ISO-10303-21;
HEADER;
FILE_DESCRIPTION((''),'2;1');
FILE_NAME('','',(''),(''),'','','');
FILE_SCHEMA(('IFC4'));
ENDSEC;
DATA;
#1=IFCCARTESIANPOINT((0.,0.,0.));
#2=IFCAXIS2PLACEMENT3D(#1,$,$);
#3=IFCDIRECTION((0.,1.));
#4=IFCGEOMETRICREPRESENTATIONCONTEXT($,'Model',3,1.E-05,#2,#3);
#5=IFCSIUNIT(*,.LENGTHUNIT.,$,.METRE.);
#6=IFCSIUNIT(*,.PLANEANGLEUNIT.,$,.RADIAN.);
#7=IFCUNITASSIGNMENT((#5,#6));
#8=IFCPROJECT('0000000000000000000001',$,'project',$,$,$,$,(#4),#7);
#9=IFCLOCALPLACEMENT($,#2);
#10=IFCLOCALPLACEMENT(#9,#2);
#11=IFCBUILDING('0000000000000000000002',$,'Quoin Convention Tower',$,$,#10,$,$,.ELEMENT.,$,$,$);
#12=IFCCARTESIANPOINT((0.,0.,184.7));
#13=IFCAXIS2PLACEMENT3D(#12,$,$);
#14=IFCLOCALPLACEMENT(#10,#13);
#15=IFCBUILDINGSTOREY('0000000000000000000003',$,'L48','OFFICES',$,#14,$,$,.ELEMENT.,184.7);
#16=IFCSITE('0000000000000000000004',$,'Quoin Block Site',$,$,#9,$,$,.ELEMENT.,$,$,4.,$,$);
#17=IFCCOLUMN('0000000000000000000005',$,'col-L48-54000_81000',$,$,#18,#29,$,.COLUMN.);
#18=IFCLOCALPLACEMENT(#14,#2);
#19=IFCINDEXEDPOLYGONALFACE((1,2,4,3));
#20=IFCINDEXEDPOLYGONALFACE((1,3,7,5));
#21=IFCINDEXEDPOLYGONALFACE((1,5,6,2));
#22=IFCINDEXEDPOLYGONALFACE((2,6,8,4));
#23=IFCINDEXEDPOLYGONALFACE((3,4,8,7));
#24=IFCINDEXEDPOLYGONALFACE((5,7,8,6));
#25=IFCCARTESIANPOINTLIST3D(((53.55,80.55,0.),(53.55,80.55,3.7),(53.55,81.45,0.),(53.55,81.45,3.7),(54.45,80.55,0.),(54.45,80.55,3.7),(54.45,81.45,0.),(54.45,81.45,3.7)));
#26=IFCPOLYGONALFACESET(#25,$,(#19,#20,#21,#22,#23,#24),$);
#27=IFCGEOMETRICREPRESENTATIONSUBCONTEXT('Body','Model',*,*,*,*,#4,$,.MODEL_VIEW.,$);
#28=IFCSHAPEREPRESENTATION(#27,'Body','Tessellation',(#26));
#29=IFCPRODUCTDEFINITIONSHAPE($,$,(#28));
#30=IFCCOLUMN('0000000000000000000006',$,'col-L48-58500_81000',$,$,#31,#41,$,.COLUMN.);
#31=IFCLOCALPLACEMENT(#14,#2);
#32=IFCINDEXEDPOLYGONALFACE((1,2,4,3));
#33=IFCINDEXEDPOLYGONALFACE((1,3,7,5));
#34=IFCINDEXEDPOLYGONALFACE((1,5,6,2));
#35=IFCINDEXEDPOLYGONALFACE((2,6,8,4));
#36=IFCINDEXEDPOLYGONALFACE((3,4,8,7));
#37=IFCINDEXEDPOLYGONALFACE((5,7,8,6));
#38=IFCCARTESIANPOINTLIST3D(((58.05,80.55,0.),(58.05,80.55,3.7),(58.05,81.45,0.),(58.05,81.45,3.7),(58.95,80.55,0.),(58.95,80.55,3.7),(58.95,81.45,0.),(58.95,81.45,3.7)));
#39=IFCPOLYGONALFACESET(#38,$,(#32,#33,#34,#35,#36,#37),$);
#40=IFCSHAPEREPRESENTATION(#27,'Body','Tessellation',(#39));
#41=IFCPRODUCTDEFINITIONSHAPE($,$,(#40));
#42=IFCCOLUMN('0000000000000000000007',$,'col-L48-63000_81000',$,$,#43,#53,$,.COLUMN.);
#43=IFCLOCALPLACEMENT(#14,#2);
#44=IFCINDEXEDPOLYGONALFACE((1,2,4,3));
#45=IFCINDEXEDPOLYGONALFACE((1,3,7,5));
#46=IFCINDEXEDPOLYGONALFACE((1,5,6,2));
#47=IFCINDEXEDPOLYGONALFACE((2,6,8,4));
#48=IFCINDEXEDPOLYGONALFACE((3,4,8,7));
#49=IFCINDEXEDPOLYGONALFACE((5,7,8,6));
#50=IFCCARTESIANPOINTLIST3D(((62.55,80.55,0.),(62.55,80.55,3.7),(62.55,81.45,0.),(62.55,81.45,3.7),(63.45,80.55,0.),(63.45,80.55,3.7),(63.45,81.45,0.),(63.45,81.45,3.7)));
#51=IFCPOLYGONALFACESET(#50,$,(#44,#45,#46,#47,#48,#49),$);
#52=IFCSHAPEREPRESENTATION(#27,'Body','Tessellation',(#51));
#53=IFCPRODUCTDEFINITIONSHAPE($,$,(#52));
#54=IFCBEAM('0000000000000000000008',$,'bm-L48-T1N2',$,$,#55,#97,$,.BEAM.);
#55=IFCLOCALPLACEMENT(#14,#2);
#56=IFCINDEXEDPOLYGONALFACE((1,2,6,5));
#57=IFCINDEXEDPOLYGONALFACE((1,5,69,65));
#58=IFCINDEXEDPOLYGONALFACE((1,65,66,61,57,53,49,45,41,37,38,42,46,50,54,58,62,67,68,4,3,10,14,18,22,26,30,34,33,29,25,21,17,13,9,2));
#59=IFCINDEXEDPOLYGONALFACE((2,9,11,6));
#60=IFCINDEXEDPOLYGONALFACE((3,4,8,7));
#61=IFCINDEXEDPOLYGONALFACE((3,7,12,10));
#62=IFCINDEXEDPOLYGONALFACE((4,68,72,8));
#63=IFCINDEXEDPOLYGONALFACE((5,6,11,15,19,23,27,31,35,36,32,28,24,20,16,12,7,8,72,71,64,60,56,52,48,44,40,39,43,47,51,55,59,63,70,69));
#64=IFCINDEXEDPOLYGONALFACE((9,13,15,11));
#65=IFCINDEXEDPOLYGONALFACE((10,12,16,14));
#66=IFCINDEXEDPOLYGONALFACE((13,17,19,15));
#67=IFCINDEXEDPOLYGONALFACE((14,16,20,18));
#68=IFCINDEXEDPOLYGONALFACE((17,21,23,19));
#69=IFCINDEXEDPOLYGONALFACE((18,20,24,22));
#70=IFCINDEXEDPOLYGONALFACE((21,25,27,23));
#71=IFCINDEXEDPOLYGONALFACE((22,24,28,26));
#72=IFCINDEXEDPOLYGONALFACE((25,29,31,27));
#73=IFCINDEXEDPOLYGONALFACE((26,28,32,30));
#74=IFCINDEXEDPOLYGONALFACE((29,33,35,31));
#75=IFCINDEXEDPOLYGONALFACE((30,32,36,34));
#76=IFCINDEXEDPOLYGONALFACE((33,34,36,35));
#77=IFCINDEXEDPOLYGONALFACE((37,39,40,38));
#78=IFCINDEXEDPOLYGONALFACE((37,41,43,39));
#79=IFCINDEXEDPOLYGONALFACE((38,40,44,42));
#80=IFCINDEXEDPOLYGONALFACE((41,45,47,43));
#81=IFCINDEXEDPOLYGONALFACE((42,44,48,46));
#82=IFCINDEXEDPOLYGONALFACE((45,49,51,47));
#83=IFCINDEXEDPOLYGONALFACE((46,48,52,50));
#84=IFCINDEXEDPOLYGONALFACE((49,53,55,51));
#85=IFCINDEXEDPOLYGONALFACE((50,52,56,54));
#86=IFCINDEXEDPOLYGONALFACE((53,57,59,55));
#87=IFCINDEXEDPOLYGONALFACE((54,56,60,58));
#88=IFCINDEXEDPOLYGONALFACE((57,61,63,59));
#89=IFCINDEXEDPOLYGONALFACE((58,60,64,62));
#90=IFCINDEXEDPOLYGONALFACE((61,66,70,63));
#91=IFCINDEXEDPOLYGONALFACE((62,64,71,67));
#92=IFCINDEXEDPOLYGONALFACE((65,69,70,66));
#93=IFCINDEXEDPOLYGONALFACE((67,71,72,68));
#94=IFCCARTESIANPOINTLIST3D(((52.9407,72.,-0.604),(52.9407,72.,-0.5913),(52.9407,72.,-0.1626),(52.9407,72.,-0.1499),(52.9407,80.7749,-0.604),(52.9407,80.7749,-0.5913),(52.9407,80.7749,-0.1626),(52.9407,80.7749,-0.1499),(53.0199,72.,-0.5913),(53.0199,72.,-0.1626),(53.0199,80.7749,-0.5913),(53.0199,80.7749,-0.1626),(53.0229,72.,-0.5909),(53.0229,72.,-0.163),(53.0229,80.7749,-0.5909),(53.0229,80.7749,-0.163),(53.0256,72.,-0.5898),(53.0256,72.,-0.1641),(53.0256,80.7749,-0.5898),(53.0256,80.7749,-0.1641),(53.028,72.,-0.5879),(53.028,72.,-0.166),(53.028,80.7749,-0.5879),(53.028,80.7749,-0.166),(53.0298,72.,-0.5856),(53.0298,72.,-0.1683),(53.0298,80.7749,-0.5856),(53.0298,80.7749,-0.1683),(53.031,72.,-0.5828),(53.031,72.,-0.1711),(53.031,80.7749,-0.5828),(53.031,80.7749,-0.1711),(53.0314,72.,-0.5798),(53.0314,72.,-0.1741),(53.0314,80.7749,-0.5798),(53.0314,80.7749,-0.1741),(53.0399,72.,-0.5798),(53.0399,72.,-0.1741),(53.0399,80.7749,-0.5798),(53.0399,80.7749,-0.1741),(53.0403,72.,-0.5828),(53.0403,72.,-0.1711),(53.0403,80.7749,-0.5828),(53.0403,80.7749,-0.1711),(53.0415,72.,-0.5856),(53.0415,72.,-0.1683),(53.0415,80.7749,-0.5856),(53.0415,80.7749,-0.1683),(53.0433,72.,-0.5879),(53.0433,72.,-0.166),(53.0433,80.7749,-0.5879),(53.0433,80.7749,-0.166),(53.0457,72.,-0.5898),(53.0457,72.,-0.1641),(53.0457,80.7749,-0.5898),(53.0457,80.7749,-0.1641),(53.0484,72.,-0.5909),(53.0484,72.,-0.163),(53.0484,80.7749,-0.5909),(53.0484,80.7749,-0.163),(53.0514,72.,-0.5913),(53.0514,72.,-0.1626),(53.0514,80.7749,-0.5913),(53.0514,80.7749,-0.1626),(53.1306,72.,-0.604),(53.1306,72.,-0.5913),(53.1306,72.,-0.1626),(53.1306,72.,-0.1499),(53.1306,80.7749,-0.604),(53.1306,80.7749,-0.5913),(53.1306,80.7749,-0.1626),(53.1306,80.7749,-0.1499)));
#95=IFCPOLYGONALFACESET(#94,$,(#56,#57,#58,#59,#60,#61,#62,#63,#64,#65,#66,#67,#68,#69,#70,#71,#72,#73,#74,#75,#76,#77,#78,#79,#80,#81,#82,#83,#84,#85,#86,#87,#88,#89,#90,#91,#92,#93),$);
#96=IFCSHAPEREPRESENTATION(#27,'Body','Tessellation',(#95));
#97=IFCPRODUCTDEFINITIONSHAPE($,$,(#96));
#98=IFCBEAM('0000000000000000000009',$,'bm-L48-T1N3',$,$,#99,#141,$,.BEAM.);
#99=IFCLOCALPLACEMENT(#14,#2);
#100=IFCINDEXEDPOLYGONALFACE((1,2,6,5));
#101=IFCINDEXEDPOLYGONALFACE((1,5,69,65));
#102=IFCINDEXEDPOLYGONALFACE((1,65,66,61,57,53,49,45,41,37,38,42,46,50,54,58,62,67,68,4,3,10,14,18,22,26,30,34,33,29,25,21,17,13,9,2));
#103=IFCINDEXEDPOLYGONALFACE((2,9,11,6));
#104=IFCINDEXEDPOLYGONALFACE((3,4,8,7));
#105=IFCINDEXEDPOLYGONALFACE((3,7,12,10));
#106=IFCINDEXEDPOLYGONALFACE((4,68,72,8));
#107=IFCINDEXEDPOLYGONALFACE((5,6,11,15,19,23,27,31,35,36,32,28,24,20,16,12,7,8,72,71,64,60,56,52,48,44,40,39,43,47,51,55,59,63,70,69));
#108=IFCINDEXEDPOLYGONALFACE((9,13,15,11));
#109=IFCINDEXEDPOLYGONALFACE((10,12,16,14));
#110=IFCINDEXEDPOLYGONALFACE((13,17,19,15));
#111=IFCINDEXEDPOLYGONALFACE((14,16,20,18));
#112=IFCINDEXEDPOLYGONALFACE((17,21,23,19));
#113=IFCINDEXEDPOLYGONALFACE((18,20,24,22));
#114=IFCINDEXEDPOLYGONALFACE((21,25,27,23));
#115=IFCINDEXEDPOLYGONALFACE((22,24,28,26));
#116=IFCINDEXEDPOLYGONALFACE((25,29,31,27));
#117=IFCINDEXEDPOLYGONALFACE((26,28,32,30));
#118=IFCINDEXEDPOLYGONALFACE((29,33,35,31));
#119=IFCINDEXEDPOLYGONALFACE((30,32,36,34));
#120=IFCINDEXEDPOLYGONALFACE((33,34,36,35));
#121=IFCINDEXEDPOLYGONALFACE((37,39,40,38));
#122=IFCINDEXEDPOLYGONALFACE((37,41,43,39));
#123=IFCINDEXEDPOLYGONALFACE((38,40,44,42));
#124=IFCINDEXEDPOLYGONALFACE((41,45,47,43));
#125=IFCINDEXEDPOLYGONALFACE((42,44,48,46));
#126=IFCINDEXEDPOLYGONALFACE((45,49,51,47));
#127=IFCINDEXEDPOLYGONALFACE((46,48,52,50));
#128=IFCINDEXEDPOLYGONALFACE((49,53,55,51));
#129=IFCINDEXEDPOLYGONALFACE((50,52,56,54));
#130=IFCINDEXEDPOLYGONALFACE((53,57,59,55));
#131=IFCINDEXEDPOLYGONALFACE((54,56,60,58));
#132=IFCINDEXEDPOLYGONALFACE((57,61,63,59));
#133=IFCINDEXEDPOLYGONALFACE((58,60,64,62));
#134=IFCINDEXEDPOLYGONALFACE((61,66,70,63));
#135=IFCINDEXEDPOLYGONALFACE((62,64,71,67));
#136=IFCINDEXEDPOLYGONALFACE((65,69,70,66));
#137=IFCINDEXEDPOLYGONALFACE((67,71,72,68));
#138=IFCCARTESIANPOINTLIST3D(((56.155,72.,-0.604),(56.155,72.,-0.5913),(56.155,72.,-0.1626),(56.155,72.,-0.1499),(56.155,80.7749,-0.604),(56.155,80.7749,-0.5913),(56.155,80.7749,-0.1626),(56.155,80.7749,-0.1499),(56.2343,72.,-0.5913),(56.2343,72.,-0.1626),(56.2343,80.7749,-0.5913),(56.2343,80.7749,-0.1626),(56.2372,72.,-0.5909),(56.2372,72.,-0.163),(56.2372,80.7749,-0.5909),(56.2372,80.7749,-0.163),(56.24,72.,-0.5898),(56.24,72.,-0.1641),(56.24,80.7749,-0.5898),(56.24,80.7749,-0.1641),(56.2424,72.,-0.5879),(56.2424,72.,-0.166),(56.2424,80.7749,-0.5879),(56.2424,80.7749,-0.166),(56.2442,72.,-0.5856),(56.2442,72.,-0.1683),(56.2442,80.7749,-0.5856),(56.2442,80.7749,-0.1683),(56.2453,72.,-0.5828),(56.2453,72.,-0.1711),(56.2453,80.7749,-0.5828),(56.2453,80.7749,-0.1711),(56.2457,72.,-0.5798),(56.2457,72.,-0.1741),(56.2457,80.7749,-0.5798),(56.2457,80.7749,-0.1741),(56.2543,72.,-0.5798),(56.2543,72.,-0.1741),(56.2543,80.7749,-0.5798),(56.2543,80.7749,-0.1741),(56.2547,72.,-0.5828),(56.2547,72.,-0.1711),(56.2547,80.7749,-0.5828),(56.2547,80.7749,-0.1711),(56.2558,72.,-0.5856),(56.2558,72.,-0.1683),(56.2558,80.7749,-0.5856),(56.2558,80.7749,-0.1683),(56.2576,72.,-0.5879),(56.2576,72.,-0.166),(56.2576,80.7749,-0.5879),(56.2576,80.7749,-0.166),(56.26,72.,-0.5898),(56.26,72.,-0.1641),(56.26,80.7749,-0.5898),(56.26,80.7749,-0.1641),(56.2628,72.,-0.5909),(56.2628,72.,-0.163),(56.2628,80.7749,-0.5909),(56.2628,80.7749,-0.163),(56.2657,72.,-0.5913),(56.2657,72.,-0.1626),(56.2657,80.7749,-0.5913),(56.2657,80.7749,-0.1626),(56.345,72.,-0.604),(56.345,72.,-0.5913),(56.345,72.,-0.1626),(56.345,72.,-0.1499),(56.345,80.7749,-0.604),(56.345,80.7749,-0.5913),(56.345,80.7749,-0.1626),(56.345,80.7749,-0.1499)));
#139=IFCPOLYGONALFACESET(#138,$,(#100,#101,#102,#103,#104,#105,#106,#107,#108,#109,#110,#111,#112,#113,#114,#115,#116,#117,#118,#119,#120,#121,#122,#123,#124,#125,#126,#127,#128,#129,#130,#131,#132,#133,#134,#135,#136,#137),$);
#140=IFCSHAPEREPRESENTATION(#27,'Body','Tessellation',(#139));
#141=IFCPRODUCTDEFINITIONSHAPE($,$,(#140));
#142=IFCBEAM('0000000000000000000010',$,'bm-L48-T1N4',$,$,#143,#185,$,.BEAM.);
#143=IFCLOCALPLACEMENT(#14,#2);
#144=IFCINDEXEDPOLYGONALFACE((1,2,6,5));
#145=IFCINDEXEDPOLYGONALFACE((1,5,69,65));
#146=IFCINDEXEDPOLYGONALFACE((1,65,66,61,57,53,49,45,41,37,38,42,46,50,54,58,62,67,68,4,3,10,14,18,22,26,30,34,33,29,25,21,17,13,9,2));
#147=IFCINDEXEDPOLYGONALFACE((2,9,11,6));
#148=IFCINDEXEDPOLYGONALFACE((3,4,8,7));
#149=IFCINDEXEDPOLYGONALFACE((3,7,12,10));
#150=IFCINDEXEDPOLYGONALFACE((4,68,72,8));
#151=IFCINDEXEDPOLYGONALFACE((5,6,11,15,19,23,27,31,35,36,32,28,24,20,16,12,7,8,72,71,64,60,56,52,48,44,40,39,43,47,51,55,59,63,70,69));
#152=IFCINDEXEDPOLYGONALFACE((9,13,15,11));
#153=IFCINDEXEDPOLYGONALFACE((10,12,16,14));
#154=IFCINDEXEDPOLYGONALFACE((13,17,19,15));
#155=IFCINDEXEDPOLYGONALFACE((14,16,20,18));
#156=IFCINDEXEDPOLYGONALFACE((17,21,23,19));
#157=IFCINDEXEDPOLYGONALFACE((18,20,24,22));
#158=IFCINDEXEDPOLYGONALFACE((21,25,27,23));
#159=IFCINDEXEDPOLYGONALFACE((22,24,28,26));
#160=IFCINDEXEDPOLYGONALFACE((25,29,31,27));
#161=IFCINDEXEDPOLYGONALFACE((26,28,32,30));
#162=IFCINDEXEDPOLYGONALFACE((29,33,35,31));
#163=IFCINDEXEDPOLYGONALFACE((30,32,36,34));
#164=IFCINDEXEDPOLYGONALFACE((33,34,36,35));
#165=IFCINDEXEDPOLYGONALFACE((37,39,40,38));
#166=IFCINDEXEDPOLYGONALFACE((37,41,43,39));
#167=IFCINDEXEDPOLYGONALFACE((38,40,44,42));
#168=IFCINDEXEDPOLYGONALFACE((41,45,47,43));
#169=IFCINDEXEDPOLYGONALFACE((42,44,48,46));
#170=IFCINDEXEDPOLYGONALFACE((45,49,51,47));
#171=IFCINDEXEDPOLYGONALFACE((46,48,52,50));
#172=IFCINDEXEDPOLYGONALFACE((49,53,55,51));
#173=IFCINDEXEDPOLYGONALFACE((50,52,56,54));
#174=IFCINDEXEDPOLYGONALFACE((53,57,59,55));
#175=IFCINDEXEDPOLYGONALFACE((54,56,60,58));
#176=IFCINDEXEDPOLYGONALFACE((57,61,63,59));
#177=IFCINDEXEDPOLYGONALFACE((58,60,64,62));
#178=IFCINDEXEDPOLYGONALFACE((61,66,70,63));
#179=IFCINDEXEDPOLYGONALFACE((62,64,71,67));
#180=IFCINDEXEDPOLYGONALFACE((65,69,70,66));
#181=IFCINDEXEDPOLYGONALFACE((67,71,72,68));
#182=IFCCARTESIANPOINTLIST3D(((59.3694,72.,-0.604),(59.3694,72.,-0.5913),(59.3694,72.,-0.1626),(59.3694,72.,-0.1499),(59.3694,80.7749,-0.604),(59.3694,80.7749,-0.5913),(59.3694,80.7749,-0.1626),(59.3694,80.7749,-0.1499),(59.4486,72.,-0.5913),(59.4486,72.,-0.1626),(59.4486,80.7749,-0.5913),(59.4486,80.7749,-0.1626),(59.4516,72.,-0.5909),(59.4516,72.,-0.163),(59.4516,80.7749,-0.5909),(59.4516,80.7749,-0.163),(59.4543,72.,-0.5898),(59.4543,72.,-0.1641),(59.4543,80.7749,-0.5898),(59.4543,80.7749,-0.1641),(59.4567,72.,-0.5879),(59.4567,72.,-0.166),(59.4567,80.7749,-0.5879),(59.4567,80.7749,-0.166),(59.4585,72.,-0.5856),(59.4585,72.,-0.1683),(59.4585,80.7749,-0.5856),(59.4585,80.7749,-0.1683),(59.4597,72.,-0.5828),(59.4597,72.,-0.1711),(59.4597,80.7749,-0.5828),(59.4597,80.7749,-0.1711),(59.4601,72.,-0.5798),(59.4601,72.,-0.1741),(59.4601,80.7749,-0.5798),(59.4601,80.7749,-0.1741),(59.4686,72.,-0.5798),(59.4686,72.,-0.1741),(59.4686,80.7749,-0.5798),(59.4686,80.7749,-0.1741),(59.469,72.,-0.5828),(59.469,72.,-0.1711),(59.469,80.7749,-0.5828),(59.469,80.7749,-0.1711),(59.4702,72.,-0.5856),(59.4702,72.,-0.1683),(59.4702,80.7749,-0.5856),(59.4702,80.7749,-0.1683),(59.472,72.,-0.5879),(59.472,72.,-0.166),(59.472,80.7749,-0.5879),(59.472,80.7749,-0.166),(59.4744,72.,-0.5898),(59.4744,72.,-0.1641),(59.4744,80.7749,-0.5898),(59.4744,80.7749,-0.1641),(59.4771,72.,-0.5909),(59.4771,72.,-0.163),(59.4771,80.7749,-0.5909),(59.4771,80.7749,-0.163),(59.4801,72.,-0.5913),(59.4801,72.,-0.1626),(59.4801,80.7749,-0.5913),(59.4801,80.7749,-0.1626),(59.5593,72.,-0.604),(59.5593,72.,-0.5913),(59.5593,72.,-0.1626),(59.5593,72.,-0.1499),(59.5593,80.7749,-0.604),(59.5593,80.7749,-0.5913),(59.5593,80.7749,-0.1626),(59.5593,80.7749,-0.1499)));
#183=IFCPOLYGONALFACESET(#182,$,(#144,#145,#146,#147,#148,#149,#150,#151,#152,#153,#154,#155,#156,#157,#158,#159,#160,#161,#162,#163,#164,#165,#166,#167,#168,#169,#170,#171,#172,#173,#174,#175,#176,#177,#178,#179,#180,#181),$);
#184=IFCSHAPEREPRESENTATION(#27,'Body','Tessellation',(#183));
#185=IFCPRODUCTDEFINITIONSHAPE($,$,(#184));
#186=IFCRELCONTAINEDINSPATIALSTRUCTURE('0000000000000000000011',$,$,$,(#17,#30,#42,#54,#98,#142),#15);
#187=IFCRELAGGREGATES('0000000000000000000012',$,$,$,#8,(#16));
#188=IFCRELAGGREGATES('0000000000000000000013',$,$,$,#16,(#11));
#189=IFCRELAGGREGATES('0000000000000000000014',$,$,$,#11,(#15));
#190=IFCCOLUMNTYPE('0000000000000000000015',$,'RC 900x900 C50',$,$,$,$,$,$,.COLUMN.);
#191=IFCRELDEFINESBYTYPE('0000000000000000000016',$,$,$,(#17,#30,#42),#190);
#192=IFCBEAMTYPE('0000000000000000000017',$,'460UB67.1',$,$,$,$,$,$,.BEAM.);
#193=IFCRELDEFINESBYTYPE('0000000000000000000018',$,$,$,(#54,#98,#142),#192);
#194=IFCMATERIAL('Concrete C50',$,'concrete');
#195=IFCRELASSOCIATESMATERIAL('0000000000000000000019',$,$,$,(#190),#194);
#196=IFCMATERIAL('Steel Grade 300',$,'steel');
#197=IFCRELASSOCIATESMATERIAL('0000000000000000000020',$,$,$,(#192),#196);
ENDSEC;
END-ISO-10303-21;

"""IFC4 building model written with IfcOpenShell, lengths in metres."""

from ifc_helpers import new_model, si_unit, direction, frame, origin, origin_2d, place, context, subcontext, project, spatial, rectangle, i_section, extrude, material, material_profile, profile_set, type_object, element, save


model = new_model("IFC4")

# Units and contexts
model_context = context("Model", 3, precision=1e-05, world=origin(), true_north=direction((0.0, 1.0)))
body_context = subcontext(model_context, "Body", "Model", "MODEL_VIEW")
ifc_project = project(units=[si_unit("LENGTHUNIT", "METRE"), si_unit("PLANEANGLEUNIT", "RADIAN")], contexts=[model_context])

# Site, building, storey
site_placement = place(None, origin())
site = spatial("IfcSite", under=ifc_project, at=site_placement, Name="Quoin Block Site", CompositionType="ELEMENT", RefElevation=4.0)
building_placement = place(site_placement, origin())
building = spatial("IfcBuilding", under=site, at=building_placement, Name="Quoin Convention Tower", CompositionType="ELEMENT")
storey_placement = place(building_placement, frame((0.0, 0.0, 184.7)))
storey = spatial("IfcBuildingStorey", under=building, at=storey_placement, Name="L48", Description="OFFICES", CompositionType="ELEMENT", Elevation=184.7)

# Columns
ifc_material_1 = material(Name="Concrete C50", Category="concrete")
ifc_material_profile_1 = material_profile(ifc_material_1, rectangle(XDim=0.8999, YDim=0.8999, at=origin_2d()), Name="RC 900x900")
ifc_profile_set_1 = profile_set([ifc_material_profile_1], Name="Concrete C50")
column_type = type_object("IfcColumnType", Name="RC 900x900 C50", PredefinedType="COLUMN", material=ifc_profile_set_1)
for number, where, z_axis, x_axis, name in (
    (1, (54.0, 81.0, 0.0), (0.0, 0.0, 1.0), (1.0, 0.0, 0.0), "col-L48-54000_81000"),
    (2, (58.5, 81.0, 0.0), (0.0, 0.0, 1.0), (1.0, 0.0, 0.0), "col-L48-58500_81000"),
    (3, (63.0, 81.0, 0.0), (0.0, 0.0, 1.0), (1.0, 0.0, 0.0), "col-L48-63000_81000"),
):
    element("IfcColumn", number, at=place(storey_placement, frame(where, z_axis=z_axis, x_axis=x_axis)), inside=storey, type_object=column_type, Name=name, PredefinedType="COLUMN", context=body_context, shape_type="SweptSolid", body=[
        extrude(rectangle(XDim=0.8999, YDim=0.8999, at=origin_2d()), origin(), (0.0, 0.0, 1.0), 3.7),
    ])

# Beams
ifc_material_2 = material(Name="Steel Grade 300", Category="steel")
ifc_material_profile_2 = material_profile(ifc_material_2, i_section(OverallWidth=0.1899, OverallDepth=0.4541, WebThickness=0.0085, FlangeThickness=0.0127, FilletRadius=0.0115, at=origin_2d()), Name="460UB67.1")
ifc_profile_set_2 = profile_set([ifc_material_profile_2], Name="Steel Grade 300")
beam_type_1 = type_object("IfcBeamType", Name="460UB67.1", PredefinedType="BEAM", material=ifc_profile_set_2)
for number, where, z_axis, x_axis, name in (
    (4, (53.0356, 72.0, -0.377), (0.0, 1.0, 0.0), (-1.0, 0.0, 0.0), "bm-L48-T1N2"),
    (5, (56.25, 72.0, -0.377), (0.0, 1.0, 0.0), (-1.0, 0.0, 0.0), "bm-L48-T1N3"),
    (6, (59.4644, 72.0, -0.377), (0.0, 1.0, 0.0), (-1.0, 0.0, 0.0), "bm-L48-T1N4"),
):
    element("IfcBeam", number, at=place(storey_placement, frame(where, z_axis=z_axis, x_axis=x_axis)), inside=storey, type_object=beam_type_1, Name=name, PredefinedType="BEAM", context=body_context, shape_type="SweptSolid", body=[
        extrude(i_section(OverallWidth=0.1899, OverallDepth=0.4541, WebThickness=0.0085, FlangeThickness=0.0127, FilletRadius=0.0115, at=origin_2d()), origin(), (0.0, 0.0, 1.0), 8.7749),
    ])

save(model, "model.ifc")
